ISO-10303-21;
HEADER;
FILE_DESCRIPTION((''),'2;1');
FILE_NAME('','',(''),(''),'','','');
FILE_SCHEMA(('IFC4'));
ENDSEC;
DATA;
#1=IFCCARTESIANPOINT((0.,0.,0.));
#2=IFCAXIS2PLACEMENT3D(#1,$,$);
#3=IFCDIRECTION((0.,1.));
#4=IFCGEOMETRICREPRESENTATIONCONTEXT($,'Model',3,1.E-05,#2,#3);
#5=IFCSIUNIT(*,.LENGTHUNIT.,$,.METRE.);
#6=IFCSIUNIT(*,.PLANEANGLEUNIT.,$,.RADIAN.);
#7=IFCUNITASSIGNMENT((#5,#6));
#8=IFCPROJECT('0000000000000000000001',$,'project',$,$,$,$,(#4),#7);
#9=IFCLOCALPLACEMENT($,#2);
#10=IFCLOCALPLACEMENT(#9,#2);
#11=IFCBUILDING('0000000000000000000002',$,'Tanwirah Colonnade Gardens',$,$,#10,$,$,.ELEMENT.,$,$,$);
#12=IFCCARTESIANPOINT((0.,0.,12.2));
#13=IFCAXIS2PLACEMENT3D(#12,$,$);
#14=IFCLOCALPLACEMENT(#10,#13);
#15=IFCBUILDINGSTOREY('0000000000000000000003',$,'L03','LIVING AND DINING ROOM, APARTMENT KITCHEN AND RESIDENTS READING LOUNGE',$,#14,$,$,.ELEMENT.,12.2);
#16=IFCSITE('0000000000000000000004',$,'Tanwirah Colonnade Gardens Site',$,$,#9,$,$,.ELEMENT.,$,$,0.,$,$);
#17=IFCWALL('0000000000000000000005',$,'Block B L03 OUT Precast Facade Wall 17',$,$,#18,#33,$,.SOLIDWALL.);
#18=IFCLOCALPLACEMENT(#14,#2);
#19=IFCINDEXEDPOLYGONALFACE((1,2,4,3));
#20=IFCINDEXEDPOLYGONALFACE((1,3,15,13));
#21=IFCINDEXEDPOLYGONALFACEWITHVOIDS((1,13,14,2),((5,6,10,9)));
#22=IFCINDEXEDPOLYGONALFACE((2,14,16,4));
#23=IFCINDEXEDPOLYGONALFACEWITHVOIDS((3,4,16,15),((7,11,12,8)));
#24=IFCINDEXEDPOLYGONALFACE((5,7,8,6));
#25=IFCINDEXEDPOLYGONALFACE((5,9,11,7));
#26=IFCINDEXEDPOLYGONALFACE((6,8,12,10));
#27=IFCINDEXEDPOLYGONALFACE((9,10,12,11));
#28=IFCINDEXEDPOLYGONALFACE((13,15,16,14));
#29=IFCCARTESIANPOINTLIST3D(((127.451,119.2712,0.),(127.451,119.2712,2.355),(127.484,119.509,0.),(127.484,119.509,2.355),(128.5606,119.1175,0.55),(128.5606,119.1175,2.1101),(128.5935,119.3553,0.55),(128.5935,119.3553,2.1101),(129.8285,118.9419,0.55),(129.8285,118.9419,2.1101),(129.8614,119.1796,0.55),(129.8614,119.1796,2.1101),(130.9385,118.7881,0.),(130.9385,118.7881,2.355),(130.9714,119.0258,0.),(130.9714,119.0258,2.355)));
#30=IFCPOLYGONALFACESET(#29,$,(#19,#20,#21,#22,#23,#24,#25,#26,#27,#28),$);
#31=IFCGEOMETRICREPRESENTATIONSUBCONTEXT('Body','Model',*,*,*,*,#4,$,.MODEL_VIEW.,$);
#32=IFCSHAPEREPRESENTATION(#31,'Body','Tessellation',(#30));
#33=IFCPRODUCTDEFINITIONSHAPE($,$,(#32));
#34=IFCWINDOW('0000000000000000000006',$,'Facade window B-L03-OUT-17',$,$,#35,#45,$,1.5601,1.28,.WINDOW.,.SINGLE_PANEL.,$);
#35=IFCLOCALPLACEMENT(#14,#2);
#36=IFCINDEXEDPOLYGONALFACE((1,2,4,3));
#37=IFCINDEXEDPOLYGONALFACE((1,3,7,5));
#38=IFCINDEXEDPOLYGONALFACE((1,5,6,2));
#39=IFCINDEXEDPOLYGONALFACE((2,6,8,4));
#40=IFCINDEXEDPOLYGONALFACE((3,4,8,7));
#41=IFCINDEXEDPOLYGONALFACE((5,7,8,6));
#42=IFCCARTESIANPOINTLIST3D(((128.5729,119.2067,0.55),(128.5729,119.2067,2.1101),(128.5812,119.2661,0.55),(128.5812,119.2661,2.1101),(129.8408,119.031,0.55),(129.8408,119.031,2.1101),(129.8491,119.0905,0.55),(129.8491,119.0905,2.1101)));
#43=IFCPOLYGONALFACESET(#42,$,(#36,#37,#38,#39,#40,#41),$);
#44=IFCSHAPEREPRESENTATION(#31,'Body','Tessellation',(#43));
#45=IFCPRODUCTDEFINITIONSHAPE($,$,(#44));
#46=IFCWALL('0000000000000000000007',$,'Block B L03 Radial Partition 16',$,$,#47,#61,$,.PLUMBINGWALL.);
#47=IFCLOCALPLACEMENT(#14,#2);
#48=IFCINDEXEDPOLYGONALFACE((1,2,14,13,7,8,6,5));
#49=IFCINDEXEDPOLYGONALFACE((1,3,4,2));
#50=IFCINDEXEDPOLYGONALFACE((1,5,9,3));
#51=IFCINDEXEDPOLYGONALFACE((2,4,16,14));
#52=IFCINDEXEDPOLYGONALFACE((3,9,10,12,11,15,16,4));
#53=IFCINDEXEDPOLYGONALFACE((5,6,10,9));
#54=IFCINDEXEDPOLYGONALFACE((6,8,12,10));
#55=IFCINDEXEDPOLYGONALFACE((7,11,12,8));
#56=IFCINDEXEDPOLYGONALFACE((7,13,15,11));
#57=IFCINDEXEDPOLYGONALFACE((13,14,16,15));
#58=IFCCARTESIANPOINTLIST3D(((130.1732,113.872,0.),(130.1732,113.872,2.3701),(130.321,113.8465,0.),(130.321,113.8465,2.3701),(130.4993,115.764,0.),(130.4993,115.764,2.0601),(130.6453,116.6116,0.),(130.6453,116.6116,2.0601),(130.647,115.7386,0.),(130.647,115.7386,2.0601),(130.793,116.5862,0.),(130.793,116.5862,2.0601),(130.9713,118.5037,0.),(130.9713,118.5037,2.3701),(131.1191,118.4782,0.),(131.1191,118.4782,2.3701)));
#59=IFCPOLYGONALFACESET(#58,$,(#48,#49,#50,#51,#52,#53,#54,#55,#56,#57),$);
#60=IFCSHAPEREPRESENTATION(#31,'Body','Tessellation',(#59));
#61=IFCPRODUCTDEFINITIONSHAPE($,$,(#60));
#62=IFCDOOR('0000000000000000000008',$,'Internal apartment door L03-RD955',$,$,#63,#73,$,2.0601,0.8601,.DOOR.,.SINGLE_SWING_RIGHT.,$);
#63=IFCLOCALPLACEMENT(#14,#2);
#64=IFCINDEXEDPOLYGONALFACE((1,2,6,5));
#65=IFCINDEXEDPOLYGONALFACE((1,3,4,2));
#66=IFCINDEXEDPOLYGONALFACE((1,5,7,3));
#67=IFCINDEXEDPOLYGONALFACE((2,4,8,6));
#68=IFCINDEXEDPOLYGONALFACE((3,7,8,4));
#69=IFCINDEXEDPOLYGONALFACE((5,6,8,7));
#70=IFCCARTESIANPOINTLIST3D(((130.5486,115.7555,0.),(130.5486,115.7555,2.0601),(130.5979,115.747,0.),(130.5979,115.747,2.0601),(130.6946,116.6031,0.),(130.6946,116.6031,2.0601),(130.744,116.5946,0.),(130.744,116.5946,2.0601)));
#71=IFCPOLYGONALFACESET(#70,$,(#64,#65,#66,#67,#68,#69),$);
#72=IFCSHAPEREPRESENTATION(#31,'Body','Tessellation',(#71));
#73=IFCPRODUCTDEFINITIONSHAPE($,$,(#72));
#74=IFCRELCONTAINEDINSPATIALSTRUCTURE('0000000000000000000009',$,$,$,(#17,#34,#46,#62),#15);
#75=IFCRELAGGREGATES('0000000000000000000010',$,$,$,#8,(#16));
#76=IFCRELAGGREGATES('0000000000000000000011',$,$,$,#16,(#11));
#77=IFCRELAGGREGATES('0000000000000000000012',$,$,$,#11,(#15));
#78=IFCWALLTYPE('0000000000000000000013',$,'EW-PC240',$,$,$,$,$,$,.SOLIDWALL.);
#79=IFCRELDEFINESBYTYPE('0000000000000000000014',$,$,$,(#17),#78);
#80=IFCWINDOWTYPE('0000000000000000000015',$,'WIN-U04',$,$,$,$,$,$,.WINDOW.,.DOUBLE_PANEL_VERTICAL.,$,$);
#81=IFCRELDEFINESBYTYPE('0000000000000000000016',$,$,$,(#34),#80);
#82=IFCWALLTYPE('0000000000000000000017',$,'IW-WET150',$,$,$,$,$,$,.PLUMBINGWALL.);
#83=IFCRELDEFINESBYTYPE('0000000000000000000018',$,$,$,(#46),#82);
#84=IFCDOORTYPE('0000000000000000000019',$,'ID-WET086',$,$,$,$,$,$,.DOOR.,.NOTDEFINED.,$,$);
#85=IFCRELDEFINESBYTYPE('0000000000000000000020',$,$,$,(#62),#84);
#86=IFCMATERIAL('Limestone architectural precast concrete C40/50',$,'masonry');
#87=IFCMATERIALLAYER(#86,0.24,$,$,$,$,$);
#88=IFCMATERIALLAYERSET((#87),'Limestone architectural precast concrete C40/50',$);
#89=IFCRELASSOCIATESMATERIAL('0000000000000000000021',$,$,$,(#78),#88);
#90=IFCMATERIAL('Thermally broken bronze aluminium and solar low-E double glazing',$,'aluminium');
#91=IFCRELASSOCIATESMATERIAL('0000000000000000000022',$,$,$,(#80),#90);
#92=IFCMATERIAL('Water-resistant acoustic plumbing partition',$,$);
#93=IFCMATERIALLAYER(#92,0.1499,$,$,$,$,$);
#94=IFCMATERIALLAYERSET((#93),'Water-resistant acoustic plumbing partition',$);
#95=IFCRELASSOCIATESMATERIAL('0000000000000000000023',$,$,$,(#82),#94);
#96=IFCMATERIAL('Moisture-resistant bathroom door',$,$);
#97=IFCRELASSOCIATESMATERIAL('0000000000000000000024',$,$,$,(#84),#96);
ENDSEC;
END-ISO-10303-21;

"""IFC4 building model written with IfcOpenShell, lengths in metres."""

from ifc_helpers import new_model, si_unit, direction, frame, frame_2d, origin, place, context, subcontext, project, spatial, rectangle, extrude, material, layer, layer_set, type_object, element, fill, save


model = new_model("IFC4")

# Units and contexts
model_context = context("Model", 3, precision=1e-05, world=origin(), true_north=direction((0.0, 1.0)))
body_context = subcontext(model_context, "Body", "Model", "MODEL_VIEW")
ifc_project = project(units=[si_unit("LENGTHUNIT", "METRE"), si_unit("PLANEANGLEUNIT", "RADIAN")], contexts=[model_context])

# Site, building, storey
site_placement = place(None, origin())
site = spatial("IfcSite", under=ifc_project, at=site_placement, Name="Tanwirah Colonnade Gardens Site", CompositionType="ELEMENT", RefElevation=0.0)
building_placement = place(site_placement, origin())
building = spatial("IfcBuilding", under=site, at=building_placement, Name="Tanwirah Colonnade Gardens", CompositionType="ELEMENT")
storey_placement = place(building_placement, frame((0.0, 0.0, 12.2)))
storey = spatial("IfcBuildingStorey", under=building, at=storey_placement, Name="L03", Description="LIVING AND DINING ROOM, APARTMENT KITCHEN AND RESIDENTS READING LOUNGE", CompositionType="ELEMENT", Elevation=12.2)

# Wall, opening, window
ifc_material_1 = material(Name="Limestone architectural precast concrete C40/50", Category="masonry")
ifc_layer_1 = layer(ifc_material_1, 0.24)
ifc_layer_set_1 = layer_set([ifc_layer_1], Name="Limestone architectural precast concrete C40/50")
wall_type_1 = type_object("IfcWallType", Name="EW-PC240", PredefinedType="SOLIDWALL", material=ifc_layer_set_1)
wall_1_placement = place(storey_placement, frame((130.9548, 118.907, 0.0), z_axis=(0.0, 0.0, 1.0), x_axis=(-0.99054, 0.137226, 0.0)))
wall_1 = element("IfcWall", 1, at=wall_1_placement, inside=storey, type_object=wall_type_1, Name="Block B L03 OUT Precast Facade Wall 17", PredefinedType="SOLIDWALL", context=body_context, shape_type="SweptSolid", body=[
    extrude(rectangle(XDim=3.5208, YDim=0.24, at=frame_2d((1.7603, 0.0))), origin(), (0.0, 0.0, 1.0), 2.355),
])
opening_1_placement = place(wall_1_placement, frame((1.1204, 0.0, 0.55)))
opening_1 = element("IfcOpeningElement", 2, at=opening_1_placement, cuts=wall_1, PredefinedType="OPENING", context=body_context, shape_type="SweptSolid", body=[
    extrude(rectangle(XDim=1.28, YDim=1.5601, at=frame_2d((0.6401, 0.78))), frame((0.0, 0.1299, 0.0), z_axis=(0.0, -1.0, 0.0), x_axis=(1.0, 0.0, 0.0)), (0.0, 0.0, 1.0), 0.26),
])
ifc_material_2 = material(Name="Thermally broken bronze aluminium and solar low-E double glazing", Category="aluminium")
window_type = type_object("IfcWindowType", Name="WIN-U04", PartitioningType="DOUBLE_PANEL_VERTICAL", PredefinedType="WINDOW", material=ifc_material_2)
window_placement = place(opening_1_placement, origin())
window = element("IfcWindow", 3, at=window_placement, inside=storey, type_object=window_type, Name="Facade window B-L03-OUT-17", OverallHeight=1.5601, OverallWidth=1.28, PartitioningType="SINGLE_PANEL", PredefinedType="WINDOW", context=body_context, shape_type="SweptSolid", body=[
    extrude(rectangle(XDim=1.28, YDim=1.5601, at=frame_2d((0.6401, 0.78))), frame((0.0, 0.03, 0.0), z_axis=(0.0, -1.0, 0.0), x_axis=(1.0, 0.0, 0.0)), (0.0, 0.0, 1.0), 0.0601),
])
fill(opening_1, window)

# Wall, opening, door
ifc_material_3 = material(Name="Water-resistant acoustic plumbing partition")
ifc_layer_2 = layer(ifc_material_3, 0.1499)
ifc_layer_set_2 = layer_set([ifc_layer_2], Name="Water-resistant acoustic plumbing partition")
wall_type_2 = type_object("IfcWallType", Name="IW-WET150", PredefinedType="PLUMBINGWALL", material=ifc_layer_set_2)
wall_2_placement = place(storey_placement, frame((130.2471, 113.8591, 0.0), z_axis=(0.0, 0.0, 1.0), x_axis=(0.169813, 0.985476, 0.0)))
wall_2 = element("IfcWall", 4, at=wall_2_placement, inside=storey, type_object=wall_type_2, Name="Block B L03 Radial Partition 16", PredefinedType="PLUMBINGWALL", context=body_context, shape_type="SweptSolid", body=[
    extrude(rectangle(XDim=4.7, YDim=0.1499, at=frame_2d((2.3501, 0.0))), origin(), (0.0, 0.0, 1.0), 2.3701),
])
opening_2_placement = place(wall_2_placement, frame((1.9199, 0.0, 0.0)))
opening_2 = element("IfcOpeningElement", 5, at=opening_2_placement, cuts=wall_2, PredefinedType="OPENING", context=body_context, shape_type="SweptSolid", body=[
    extrude(rectangle(XDim=0.8601, YDim=2.0601, at=frame_2d((0.4302, 1.03))), frame((0.0, 0.085, 0.0), z_axis=(0.0, -1.0, 0.0), x_axis=(1.0, 0.0, 0.0)), (0.0, 0.0, 1.0), 0.1699),
])
ifc_material_4 = material(Name="Moisture-resistant bathroom door")
door_type_1 = type_object("IfcDoorType", Name="ID-WET086", OperationType="NOTDEFINED", PredefinedType="DOOR", material=ifc_material_4)
door_1_placement = place(opening_2_placement, origin())
door_1 = element("IfcDoor", 6, at=door_1_placement, inside=storey, type_object=door_type_1, Name="Internal apartment door L03-RD955", OperationType="SINGLE_SWING_RIGHT", OverallHeight=2.0601, OverallWidth=0.8601, PredefinedType="DOOR", context=body_context, shape_type="SweptSolid", body=[
    extrude(rectangle(XDim=0.8601, YDim=2.0601, at=frame_2d((0.4302, 1.03))), frame((0.0, 0.0249, 0.0), z_axis=(0.0, -1.0, 0.0), x_axis=(1.0, 0.0, 0.0)), (0.0, 0.0, 1.0), 0.05),
])
fill(opening_2, door_1)

save(model, "model.ifc")
